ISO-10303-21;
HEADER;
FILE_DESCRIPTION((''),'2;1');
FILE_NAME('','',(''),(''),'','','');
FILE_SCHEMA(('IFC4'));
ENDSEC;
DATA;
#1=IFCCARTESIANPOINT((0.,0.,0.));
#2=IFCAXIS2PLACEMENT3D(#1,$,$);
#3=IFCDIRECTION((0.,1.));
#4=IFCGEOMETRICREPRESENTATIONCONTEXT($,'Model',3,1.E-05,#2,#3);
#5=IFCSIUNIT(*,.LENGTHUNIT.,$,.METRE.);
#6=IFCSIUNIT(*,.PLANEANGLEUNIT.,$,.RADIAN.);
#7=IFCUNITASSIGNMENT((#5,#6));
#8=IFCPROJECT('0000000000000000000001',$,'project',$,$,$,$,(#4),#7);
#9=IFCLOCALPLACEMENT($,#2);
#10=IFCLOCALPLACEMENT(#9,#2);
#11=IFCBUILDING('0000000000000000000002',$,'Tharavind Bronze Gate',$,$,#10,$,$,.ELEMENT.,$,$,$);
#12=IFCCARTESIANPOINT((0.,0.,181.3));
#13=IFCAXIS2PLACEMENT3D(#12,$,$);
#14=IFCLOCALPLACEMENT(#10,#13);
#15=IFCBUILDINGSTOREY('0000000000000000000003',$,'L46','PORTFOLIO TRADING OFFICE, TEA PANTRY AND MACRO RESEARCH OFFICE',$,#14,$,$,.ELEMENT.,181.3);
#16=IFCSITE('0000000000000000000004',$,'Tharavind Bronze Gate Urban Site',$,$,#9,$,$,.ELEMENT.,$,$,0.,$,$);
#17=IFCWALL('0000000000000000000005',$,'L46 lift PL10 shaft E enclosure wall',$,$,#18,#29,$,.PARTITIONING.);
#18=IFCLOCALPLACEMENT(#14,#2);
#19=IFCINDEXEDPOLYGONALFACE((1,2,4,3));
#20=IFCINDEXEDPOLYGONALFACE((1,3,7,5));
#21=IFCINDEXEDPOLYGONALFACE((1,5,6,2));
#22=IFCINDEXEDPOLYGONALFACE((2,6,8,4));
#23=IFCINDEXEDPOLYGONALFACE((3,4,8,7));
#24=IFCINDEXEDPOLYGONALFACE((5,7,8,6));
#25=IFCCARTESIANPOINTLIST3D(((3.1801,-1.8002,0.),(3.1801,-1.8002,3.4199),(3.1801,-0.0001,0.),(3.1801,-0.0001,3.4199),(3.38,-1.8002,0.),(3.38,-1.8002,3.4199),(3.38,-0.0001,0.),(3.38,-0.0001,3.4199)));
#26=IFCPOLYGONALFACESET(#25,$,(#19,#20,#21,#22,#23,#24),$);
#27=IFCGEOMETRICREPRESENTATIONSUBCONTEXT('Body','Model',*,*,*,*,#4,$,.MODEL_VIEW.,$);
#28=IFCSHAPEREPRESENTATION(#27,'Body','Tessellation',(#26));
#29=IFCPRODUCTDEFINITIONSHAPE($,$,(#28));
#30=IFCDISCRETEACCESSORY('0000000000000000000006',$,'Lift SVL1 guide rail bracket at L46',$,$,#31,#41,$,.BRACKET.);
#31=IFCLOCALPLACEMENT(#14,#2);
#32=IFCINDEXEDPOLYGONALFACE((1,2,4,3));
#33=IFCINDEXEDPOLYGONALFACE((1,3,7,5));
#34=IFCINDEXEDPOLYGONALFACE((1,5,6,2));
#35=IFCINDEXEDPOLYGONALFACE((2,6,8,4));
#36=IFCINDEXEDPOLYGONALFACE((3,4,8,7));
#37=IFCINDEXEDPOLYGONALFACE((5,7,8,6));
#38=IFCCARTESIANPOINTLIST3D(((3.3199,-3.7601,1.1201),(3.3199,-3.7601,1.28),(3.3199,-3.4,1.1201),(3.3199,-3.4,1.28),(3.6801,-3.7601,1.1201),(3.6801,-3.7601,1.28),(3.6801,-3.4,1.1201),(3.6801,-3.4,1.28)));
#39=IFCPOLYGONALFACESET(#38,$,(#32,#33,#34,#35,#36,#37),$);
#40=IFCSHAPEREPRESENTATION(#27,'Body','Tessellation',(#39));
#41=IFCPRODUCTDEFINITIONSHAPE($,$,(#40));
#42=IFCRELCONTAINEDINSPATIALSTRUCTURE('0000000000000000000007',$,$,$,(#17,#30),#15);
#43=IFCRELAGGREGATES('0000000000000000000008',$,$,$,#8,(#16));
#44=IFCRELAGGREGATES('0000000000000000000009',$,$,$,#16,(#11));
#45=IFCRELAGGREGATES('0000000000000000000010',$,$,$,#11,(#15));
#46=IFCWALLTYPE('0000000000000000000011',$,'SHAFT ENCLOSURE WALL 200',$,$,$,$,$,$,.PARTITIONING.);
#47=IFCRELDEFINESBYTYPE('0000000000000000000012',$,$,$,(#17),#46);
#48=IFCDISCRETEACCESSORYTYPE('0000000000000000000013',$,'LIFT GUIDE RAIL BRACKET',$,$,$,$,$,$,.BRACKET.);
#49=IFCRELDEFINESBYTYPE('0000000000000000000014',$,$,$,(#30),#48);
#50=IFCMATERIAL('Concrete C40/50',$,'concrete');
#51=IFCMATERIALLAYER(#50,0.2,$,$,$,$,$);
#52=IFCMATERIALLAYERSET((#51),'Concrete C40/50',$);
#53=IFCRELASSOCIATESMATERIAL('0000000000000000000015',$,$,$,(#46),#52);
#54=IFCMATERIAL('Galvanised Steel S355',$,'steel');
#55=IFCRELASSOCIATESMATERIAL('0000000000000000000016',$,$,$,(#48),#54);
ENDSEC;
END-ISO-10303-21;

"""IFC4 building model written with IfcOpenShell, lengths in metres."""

from ifc_helpers import new_model, si_unit, direction, frame, frame_2d, origin, origin_2d, place, context, subcontext, project, spatial, rectangle, extrude, material, layer, layer_set, type_object, element, save


model = new_model("IFC4")

# Units and contexts
model_context = context("Model", 3, precision=1e-05, world=origin(), true_north=direction((0.0, 1.0)))
body_context = subcontext(model_context, "Body", "Model", "MODEL_VIEW")
ifc_project = project(units=[si_unit("LENGTHUNIT", "METRE"), si_unit("PLANEANGLEUNIT", "RADIAN")], contexts=[model_context])

# Site, building, storey
site_placement = place(None, origin())
site = spatial("IfcSite", under=ifc_project, at=site_placement, Name="Tharavind Bronze Gate Urban Site", CompositionType="ELEMENT", RefElevation=0.0)
building_placement = place(site_placement, origin())
building = spatial("IfcBuilding", under=site, at=building_placement, Name="Tharavind Bronze Gate", CompositionType="ELEMENT")
storey_placement = place(building_placement, frame((0.0, 0.0, 181.3)))
storey = spatial("IfcBuildingStorey", under=building, at=storey_placement, Name="L46", Description="PORTFOLIO TRADING OFFICE, TEA PANTRY AND MACRO RESEARCH OFFICE", CompositionType="ELEMENT", Elevation=181.3)

# Wall
ifc_material_1 = material(Name="Concrete C40/50", Category="concrete")
ifc_layer_1 = layer(ifc_material_1, 0.2)
ifc_layer_set_1 = layer_set([ifc_layer_1], Name="Concrete C40/50")
wall_type_1 = type_object("IfcWallType", Name="SHAFT ENCLOSURE WALL 200", PredefinedType="PARTITIONING", material=ifc_layer_set_1)
wall_1_placement = place(storey_placement, frame((3.28, -1.8, 0.0), z_axis=(0.0, 0.0, 1.0), x_axis=(0.0, 1.0, 0.0)))
element("IfcWall", 1, at=wall_1_placement, inside=storey, type_object=wall_type_1, Name="L46 lift PL10 shaft E enclosure wall", PredefinedType="PARTITIONING", context=body_context, shape_type="SweptSolid", body=[
    extrude(rectangle(XDim=1.8, YDim=0.2, at=frame_2d((0.8999, 0.0))), origin(), (0.0, 0.0, 1.0), 3.4199),
])

# Discrete accessory
ifc_material_2 = material(Name="Galvanised Steel S355", Category="steel")
discrete_accessory_type = type_object("IfcDiscreteAccessoryType", Name="LIFT GUIDE RAIL BRACKET", PredefinedType="BRACKET", material=ifc_material_2)
discrete_accessory_placement = place(storey_placement, frame((3.5, -3.5801, 1.1201), z_axis=(0.0, 0.0, 1.0), x_axis=(1.0, 0.0, 0.0)))
element("IfcDiscreteAccessory", 2, at=discrete_accessory_placement, inside=storey, type_object=discrete_accessory_type, Name="Lift SVL1 guide rail bracket at L46", PredefinedType="BRACKET", context=body_context, shape_type="SweptSolid", body=[
    extrude(rectangle(XDim=0.3601, YDim=0.3601, at=origin_2d()), origin(), (0.0, 0.0, 1.0), 0.1599),
])

save(model, "model.ifc")
